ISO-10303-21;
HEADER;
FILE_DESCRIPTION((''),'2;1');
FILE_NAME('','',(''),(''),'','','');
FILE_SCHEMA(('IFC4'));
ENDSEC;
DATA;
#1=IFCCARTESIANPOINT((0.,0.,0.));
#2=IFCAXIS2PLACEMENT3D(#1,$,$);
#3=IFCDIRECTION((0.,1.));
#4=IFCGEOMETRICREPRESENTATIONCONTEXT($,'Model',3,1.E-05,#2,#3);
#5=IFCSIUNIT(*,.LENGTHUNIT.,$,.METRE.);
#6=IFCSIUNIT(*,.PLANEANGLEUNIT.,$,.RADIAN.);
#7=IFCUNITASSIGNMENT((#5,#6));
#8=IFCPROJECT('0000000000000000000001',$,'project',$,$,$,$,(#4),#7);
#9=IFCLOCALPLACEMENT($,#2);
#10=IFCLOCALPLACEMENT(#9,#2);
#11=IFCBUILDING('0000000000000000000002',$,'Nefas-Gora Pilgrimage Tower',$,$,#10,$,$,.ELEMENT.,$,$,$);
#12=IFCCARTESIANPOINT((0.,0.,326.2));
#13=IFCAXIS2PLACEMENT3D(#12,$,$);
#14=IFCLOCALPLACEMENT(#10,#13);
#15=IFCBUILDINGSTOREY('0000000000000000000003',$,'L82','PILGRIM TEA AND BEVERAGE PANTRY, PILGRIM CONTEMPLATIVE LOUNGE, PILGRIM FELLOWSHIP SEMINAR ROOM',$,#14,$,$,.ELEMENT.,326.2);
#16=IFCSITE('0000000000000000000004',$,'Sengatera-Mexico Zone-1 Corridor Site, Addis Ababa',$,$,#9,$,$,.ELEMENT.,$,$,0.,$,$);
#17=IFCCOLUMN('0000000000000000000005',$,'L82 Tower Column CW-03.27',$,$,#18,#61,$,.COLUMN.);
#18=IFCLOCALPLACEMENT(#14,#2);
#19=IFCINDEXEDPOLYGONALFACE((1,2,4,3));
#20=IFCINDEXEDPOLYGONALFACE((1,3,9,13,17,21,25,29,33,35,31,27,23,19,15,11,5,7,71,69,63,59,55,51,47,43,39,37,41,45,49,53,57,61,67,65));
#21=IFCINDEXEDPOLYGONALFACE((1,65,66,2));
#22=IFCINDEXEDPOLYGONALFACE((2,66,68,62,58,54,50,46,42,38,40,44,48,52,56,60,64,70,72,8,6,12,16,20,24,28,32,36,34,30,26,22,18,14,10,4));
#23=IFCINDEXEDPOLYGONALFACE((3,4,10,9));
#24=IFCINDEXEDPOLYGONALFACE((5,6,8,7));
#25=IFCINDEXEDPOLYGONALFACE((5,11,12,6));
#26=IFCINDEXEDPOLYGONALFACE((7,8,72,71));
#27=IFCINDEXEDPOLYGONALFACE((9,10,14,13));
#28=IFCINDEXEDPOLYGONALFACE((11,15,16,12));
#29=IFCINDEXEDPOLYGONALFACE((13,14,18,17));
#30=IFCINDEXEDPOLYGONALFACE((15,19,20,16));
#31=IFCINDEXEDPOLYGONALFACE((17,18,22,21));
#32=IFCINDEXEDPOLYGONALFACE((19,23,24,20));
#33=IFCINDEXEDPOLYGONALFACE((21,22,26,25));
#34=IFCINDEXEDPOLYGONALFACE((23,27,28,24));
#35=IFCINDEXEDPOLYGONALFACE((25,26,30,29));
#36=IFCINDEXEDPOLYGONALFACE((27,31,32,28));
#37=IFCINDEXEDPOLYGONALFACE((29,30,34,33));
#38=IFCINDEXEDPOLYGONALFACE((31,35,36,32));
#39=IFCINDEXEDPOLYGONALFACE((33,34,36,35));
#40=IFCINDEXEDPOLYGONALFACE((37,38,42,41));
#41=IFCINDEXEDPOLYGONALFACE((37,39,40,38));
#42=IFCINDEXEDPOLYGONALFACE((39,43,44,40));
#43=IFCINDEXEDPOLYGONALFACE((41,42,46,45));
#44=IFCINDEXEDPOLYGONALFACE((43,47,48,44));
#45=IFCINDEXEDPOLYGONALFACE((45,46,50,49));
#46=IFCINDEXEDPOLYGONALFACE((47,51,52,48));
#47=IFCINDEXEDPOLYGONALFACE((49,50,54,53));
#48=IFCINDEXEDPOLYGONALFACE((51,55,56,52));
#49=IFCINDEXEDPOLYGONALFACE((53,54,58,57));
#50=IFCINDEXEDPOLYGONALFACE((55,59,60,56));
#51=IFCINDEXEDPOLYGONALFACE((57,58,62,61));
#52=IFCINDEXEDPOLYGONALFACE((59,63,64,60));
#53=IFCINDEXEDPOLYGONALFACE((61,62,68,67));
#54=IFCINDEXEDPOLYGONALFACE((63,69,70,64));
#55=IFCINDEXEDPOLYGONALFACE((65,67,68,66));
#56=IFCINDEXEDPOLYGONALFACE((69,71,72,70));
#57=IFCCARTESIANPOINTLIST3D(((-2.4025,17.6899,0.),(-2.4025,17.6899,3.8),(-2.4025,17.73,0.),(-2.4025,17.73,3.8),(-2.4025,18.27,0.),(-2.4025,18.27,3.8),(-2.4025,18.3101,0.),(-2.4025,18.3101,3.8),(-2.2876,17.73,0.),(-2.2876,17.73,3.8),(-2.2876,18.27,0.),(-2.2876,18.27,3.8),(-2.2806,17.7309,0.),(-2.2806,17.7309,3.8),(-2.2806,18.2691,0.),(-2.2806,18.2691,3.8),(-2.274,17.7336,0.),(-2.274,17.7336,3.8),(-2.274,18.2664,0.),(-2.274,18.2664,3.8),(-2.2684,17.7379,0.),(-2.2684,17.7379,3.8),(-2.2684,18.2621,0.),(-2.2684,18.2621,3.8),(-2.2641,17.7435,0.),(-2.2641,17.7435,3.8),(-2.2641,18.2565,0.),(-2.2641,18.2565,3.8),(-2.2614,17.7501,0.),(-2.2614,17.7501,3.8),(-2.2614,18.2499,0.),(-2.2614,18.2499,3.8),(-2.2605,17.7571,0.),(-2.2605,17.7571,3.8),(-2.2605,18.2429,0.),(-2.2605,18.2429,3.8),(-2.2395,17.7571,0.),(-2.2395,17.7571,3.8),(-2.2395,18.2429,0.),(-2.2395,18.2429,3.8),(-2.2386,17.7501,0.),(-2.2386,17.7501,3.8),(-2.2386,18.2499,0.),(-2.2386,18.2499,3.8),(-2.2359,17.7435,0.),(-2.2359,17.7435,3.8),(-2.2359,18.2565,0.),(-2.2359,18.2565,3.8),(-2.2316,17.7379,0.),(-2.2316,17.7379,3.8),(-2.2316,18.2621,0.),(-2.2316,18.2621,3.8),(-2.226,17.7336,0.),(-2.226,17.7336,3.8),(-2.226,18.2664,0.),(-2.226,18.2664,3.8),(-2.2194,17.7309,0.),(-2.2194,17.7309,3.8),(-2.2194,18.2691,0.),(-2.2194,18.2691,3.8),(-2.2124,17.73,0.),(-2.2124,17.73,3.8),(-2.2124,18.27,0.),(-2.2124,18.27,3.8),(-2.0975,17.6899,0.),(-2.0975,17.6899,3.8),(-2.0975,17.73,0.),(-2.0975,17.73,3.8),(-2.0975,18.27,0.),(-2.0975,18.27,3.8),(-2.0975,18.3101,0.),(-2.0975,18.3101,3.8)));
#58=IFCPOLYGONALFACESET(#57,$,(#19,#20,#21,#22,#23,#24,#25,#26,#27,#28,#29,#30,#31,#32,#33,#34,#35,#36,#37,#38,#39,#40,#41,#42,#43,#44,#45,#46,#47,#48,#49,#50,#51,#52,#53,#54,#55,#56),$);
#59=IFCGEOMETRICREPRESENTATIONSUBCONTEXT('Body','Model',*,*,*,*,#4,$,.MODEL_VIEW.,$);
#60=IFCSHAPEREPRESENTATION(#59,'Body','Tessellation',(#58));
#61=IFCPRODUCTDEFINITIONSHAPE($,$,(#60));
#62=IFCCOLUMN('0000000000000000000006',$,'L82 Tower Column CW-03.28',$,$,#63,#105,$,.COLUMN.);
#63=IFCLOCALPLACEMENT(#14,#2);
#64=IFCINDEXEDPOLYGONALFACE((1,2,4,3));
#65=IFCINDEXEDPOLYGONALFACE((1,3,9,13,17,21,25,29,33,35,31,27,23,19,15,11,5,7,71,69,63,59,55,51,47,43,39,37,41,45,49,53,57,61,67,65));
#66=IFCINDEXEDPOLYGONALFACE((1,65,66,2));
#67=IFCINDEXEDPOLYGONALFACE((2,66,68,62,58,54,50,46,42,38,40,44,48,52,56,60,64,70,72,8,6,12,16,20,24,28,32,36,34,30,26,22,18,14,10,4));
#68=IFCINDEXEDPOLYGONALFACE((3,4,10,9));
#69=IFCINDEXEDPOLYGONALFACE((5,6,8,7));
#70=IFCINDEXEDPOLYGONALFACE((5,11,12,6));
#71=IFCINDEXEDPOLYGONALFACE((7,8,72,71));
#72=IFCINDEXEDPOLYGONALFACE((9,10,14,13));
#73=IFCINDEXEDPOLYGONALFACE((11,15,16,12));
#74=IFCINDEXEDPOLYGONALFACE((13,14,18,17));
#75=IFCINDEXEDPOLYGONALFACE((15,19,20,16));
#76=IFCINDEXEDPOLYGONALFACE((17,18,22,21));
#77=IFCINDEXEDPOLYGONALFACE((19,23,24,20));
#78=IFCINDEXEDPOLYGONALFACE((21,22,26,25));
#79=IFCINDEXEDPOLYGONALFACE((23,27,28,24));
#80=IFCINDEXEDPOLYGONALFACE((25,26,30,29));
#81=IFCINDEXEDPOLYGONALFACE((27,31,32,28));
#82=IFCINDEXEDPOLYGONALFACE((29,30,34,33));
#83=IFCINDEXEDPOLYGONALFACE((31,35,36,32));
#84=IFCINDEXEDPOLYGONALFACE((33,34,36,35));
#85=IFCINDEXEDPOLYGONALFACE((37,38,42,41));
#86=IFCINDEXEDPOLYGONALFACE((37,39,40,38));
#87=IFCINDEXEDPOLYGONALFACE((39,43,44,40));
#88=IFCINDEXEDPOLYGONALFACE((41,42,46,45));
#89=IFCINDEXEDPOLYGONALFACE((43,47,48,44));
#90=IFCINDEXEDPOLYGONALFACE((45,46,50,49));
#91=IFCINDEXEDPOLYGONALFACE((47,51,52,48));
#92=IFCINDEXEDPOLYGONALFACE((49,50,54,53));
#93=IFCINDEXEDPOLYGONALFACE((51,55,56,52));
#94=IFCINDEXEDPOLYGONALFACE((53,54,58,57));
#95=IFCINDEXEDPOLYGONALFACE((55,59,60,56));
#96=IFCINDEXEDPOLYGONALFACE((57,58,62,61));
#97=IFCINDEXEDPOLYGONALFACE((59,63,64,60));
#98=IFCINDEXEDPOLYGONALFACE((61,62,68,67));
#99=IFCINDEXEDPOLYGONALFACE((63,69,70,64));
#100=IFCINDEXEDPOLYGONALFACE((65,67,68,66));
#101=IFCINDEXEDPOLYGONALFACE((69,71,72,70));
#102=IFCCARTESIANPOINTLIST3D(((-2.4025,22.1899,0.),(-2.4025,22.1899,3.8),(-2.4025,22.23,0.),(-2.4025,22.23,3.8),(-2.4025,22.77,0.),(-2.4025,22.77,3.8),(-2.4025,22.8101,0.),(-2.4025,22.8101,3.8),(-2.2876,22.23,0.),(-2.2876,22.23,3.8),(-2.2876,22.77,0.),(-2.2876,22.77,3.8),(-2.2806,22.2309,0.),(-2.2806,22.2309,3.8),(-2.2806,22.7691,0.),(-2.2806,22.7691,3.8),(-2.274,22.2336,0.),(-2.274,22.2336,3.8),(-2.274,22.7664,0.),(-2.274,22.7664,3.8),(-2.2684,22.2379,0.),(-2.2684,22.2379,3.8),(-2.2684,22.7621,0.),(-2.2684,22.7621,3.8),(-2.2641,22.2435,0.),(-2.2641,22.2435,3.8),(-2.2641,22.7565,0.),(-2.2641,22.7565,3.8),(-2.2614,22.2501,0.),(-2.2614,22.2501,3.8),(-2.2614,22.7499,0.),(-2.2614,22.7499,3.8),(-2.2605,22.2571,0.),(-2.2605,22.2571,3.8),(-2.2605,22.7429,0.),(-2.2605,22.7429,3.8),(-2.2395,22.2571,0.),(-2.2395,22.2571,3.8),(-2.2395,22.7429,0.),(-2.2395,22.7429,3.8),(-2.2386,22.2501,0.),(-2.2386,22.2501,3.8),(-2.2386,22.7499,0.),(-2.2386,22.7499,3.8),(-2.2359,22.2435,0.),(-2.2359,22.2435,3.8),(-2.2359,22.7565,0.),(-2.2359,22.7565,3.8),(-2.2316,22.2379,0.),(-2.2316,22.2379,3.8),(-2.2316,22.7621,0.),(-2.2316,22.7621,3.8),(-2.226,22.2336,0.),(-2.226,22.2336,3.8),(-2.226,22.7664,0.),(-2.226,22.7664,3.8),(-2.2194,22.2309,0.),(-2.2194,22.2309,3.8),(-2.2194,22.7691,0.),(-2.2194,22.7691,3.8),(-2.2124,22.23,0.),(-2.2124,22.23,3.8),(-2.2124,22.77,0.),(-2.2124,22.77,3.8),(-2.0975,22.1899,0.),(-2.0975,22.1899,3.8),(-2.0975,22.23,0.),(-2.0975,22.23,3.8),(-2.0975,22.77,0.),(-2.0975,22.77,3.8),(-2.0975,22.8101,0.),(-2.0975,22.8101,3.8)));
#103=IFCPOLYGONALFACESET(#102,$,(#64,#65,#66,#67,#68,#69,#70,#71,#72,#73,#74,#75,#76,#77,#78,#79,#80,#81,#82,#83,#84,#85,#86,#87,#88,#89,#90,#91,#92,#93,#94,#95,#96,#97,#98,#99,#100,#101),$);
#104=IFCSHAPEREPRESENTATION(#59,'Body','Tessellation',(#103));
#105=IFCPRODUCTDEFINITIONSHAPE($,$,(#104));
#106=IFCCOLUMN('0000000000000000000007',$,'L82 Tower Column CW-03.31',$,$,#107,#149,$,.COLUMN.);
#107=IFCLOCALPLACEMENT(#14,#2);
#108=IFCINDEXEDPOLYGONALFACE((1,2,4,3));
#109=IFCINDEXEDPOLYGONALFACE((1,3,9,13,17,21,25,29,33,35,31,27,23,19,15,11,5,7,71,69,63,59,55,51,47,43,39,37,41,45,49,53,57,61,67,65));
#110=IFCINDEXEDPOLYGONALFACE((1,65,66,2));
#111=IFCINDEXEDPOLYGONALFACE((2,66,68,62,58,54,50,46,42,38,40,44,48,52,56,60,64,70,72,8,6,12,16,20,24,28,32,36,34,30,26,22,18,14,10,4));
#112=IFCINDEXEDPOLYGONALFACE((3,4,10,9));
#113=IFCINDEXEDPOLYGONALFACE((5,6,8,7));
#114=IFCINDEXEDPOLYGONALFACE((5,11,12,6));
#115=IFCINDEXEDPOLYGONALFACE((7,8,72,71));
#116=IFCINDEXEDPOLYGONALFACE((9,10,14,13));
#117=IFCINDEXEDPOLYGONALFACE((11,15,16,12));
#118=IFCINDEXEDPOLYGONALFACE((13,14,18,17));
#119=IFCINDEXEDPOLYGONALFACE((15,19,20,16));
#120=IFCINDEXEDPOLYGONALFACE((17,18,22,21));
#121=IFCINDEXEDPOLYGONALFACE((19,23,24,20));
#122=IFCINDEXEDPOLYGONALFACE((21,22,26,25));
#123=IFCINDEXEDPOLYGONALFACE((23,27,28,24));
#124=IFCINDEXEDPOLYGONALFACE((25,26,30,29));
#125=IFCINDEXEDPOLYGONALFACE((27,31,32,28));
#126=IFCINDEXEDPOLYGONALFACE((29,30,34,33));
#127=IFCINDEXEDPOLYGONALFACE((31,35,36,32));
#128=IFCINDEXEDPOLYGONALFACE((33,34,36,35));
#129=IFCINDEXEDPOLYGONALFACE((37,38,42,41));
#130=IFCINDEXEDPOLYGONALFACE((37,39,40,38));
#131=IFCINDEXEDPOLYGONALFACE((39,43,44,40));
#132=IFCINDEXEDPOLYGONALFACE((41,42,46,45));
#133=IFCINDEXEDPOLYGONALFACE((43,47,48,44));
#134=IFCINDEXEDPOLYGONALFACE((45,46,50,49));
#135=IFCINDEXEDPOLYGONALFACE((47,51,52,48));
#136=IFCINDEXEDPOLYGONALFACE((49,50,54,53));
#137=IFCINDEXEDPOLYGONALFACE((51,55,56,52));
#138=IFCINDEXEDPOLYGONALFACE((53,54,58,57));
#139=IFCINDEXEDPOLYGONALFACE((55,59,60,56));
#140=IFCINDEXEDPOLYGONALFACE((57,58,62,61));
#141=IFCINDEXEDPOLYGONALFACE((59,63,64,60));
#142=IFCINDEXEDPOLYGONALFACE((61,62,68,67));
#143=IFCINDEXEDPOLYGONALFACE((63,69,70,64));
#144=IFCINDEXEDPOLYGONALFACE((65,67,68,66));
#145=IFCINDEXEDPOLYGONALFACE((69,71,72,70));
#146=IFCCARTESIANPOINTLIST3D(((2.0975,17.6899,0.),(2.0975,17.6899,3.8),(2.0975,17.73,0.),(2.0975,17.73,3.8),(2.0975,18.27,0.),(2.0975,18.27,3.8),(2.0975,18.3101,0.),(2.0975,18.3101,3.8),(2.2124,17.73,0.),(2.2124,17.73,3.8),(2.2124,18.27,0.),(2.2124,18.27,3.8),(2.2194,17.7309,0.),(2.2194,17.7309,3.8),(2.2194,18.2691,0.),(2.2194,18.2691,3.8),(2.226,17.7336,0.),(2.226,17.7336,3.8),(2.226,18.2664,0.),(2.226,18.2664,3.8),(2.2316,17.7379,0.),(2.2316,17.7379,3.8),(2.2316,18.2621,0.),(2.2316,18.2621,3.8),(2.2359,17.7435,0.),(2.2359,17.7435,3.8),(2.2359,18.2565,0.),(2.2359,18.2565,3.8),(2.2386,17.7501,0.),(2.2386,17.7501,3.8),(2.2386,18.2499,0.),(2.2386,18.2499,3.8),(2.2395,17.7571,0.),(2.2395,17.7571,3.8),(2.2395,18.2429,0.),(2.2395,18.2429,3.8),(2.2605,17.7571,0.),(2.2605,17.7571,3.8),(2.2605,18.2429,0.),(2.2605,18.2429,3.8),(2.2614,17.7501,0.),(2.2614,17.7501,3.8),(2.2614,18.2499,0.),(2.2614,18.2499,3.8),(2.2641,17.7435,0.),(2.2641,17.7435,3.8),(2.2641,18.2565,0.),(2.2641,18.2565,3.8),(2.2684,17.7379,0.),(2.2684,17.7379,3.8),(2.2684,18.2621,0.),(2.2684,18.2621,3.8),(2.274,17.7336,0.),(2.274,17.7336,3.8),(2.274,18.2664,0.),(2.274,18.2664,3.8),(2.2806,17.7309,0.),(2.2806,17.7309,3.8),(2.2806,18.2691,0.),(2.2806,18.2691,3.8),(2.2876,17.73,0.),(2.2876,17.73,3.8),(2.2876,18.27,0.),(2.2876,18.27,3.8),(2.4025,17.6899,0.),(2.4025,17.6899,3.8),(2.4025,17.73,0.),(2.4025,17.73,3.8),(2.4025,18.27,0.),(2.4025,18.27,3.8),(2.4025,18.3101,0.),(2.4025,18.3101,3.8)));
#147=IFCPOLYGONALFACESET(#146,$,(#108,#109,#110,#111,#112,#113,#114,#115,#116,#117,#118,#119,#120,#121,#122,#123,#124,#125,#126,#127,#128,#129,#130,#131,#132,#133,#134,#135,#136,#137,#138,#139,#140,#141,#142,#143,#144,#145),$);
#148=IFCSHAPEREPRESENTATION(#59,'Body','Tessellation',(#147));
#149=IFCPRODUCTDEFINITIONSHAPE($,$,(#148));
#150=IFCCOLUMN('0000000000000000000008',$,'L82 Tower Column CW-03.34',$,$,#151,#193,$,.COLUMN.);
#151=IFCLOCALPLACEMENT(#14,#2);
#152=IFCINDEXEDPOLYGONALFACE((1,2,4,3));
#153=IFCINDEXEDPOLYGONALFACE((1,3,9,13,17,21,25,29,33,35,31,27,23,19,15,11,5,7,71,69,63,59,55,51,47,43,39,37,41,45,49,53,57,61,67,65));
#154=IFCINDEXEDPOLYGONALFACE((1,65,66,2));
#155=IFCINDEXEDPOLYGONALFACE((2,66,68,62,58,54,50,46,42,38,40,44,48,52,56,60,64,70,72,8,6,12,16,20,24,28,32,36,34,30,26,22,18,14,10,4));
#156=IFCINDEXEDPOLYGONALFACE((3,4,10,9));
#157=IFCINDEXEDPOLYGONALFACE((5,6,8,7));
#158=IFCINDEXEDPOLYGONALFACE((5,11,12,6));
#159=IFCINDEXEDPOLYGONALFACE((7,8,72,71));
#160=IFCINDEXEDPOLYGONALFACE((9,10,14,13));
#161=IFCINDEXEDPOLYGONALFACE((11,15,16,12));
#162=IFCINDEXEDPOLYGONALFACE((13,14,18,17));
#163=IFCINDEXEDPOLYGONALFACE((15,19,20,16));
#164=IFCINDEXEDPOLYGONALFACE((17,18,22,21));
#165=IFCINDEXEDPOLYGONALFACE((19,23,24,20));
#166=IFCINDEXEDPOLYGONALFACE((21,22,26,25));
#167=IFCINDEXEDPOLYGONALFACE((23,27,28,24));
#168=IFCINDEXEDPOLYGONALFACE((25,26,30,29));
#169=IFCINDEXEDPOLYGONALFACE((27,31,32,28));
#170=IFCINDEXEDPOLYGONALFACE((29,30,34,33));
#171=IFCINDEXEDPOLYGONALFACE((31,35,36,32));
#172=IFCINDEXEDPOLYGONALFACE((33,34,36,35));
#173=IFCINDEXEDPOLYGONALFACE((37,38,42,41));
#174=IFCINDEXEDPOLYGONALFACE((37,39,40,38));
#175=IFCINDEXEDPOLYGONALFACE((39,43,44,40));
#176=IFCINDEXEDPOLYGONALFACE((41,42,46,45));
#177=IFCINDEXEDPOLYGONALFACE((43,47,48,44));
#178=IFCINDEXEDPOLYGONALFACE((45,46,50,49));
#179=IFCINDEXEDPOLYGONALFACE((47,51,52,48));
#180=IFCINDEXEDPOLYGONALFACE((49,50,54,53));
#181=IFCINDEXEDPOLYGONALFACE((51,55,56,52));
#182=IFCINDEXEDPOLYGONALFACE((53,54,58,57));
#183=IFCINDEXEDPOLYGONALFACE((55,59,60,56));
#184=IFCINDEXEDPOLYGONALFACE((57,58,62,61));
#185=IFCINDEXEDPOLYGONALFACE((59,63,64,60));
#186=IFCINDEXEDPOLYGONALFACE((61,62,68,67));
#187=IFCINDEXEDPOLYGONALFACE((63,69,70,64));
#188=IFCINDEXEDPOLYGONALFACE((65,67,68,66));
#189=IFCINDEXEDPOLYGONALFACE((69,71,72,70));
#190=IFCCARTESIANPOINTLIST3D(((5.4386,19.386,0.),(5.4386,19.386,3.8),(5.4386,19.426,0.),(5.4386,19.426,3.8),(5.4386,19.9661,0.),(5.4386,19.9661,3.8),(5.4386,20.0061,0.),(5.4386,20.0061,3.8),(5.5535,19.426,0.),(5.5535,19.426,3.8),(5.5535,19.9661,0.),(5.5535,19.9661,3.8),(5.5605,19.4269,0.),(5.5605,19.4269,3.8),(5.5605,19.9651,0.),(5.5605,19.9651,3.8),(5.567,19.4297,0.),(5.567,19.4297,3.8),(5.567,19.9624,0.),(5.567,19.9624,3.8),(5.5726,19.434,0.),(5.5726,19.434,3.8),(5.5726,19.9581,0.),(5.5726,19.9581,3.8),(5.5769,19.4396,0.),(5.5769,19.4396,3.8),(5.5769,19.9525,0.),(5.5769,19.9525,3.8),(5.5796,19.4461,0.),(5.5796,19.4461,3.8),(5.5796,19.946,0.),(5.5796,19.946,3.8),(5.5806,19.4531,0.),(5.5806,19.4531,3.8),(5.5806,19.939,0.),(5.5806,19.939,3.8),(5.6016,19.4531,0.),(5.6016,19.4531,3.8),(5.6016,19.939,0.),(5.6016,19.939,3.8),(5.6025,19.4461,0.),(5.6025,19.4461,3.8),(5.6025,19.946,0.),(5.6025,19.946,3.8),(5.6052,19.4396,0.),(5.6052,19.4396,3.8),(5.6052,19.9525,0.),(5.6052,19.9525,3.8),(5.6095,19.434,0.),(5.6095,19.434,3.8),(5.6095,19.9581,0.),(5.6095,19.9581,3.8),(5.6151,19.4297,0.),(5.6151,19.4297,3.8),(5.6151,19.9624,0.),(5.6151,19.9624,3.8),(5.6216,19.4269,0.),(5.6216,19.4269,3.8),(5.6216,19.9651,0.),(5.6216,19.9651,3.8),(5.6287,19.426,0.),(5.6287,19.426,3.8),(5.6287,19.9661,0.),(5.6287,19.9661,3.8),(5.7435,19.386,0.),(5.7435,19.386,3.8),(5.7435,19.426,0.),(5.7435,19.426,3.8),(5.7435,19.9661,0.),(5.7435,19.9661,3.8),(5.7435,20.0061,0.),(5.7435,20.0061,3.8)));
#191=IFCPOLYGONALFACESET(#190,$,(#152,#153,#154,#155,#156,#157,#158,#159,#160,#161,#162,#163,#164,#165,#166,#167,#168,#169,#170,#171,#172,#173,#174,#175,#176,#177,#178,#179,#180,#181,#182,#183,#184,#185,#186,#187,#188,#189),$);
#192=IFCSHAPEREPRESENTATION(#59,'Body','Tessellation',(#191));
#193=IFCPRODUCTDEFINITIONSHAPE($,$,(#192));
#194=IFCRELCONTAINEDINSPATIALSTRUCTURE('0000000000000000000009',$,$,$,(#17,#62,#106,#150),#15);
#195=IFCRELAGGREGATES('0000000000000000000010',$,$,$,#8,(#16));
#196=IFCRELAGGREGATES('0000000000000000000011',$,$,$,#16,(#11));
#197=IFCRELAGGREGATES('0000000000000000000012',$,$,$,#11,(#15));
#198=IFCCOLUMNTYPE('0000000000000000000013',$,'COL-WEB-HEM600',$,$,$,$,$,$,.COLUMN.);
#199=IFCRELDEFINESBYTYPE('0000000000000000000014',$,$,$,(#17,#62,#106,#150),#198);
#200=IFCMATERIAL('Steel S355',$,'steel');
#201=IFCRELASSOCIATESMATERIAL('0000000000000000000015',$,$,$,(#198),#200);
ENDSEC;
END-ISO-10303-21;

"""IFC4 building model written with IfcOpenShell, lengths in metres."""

from ifc_helpers import new_model, si_unit, direction, frame, origin, origin_2d, place, context, subcontext, project, spatial, i_section, extrude, source, transform, mapped, material, material_profile, profile_set, type_object, element, save


model = new_model("IFC4")

# Units and contexts
model_context = context("Model", 3, precision=1e-05, world=origin(), true_north=direction((0.0, 1.0)))
body_context = subcontext(model_context, "Body", "Model", "MODEL_VIEW")
ifc_project = project(units=[si_unit("LENGTHUNIT", "METRE"), si_unit("PLANEANGLEUNIT", "RADIAN")], contexts=[model_context])

# Site, building, storey
site_placement = place(None, origin())
site = spatial("IfcSite", under=ifc_project, at=site_placement, Name="Sengatera-Mexico Zone-1 Corridor Site, Addis Ababa", CompositionType="ELEMENT", RefElevation=0.0)
building_placement = place(site_placement, origin())
building = spatial("IfcBuilding", under=site, at=building_placement, Name="Nefas-Gora Pilgrimage Tower", CompositionType="ELEMENT")
storey_placement = place(building_placement, frame((0.0, 0.0, 326.2)))
storey = spatial("IfcBuildingStorey", under=building, at=storey_placement, Name="L82", Description="PILGRIM TEA AND BEVERAGE PANTRY, PILGRIM CONTEMPLATIVE LOUNGE, PILGRIM FELLOWSHIP SEMINAR ROOM", CompositionType="ELEMENT", Elevation=326.2)

# Columns
ifc_material_1 = material(Name="Steel S355", Category="steel")
ifc_material_profile_1 = material_profile(ifc_material_1, i_section(OverallWidth=0.3049, OverallDepth=0.6201, WebThickness=0.021, FlangeThickness=0.04, FilletRadius=0.0271, at=origin_2d()), Name="HEM 600")
ifc_profile_set_1 = profile_set([ifc_material_profile_1], Name="Steel S355")
column_type_1 = type_object("IfcColumnType", Name="COL-WEB-HEM600", PredefinedType="COLUMN", material=ifc_profile_set_1)
shared_shape_1 = source(origin(), body_context, "Body", "SweptSolid", [
    extrude(i_section(OverallWidth=0.3049, OverallDepth=0.6201, WebThickness=0.021, FlangeThickness=0.04, FilletRadius=0.0271, at=origin_2d()), origin(), (0.0, 0.0, 1.0), 3.8),
])
for number, where, z_axis, x_axis, name in (
    (1, (-2.25, 18.0, 0.0), (0.0, 0.0, 1.0), (1.0, 0.0, 0.0), "L82 Tower Column CW-03.27"),
    (2, (-2.25, 22.5, 0.0), (0.0, 0.0, 1.0), (1.0, 0.0, 0.0), "L82 Tower Column CW-03.28"),
    (3, (2.25, 18.0, 0.0), (0.0, 0.0, 1.0), (1.0, 0.0, 0.0), "L82 Tower Column CW-03.31"),
    (4, (5.5911, 19.696, 0.0), (0.0, 0.0, 1.0), (1.0, 0.0, 0.0), "L82 Tower Column CW-03.34"),
):
    element("IfcColumn", number, at=place(storey_placement, frame(where, z_axis=z_axis, x_axis=x_axis)), inside=storey, type_object=column_type_1, Name=name, PredefinedType="COLUMN", context=body_context, shape_type="MappedRepresentation", body=[
        mapped(shared_shape_1, transform((0.0, 0.0, 0.0), x_axis=(1.0, 0.0, 0.0), y_axis=(0.0, 1.0, 0.0), z_axis=(0.0, 0.0, 1.0), scale=1.0)),
    ])

save(model, "model.ifc")
